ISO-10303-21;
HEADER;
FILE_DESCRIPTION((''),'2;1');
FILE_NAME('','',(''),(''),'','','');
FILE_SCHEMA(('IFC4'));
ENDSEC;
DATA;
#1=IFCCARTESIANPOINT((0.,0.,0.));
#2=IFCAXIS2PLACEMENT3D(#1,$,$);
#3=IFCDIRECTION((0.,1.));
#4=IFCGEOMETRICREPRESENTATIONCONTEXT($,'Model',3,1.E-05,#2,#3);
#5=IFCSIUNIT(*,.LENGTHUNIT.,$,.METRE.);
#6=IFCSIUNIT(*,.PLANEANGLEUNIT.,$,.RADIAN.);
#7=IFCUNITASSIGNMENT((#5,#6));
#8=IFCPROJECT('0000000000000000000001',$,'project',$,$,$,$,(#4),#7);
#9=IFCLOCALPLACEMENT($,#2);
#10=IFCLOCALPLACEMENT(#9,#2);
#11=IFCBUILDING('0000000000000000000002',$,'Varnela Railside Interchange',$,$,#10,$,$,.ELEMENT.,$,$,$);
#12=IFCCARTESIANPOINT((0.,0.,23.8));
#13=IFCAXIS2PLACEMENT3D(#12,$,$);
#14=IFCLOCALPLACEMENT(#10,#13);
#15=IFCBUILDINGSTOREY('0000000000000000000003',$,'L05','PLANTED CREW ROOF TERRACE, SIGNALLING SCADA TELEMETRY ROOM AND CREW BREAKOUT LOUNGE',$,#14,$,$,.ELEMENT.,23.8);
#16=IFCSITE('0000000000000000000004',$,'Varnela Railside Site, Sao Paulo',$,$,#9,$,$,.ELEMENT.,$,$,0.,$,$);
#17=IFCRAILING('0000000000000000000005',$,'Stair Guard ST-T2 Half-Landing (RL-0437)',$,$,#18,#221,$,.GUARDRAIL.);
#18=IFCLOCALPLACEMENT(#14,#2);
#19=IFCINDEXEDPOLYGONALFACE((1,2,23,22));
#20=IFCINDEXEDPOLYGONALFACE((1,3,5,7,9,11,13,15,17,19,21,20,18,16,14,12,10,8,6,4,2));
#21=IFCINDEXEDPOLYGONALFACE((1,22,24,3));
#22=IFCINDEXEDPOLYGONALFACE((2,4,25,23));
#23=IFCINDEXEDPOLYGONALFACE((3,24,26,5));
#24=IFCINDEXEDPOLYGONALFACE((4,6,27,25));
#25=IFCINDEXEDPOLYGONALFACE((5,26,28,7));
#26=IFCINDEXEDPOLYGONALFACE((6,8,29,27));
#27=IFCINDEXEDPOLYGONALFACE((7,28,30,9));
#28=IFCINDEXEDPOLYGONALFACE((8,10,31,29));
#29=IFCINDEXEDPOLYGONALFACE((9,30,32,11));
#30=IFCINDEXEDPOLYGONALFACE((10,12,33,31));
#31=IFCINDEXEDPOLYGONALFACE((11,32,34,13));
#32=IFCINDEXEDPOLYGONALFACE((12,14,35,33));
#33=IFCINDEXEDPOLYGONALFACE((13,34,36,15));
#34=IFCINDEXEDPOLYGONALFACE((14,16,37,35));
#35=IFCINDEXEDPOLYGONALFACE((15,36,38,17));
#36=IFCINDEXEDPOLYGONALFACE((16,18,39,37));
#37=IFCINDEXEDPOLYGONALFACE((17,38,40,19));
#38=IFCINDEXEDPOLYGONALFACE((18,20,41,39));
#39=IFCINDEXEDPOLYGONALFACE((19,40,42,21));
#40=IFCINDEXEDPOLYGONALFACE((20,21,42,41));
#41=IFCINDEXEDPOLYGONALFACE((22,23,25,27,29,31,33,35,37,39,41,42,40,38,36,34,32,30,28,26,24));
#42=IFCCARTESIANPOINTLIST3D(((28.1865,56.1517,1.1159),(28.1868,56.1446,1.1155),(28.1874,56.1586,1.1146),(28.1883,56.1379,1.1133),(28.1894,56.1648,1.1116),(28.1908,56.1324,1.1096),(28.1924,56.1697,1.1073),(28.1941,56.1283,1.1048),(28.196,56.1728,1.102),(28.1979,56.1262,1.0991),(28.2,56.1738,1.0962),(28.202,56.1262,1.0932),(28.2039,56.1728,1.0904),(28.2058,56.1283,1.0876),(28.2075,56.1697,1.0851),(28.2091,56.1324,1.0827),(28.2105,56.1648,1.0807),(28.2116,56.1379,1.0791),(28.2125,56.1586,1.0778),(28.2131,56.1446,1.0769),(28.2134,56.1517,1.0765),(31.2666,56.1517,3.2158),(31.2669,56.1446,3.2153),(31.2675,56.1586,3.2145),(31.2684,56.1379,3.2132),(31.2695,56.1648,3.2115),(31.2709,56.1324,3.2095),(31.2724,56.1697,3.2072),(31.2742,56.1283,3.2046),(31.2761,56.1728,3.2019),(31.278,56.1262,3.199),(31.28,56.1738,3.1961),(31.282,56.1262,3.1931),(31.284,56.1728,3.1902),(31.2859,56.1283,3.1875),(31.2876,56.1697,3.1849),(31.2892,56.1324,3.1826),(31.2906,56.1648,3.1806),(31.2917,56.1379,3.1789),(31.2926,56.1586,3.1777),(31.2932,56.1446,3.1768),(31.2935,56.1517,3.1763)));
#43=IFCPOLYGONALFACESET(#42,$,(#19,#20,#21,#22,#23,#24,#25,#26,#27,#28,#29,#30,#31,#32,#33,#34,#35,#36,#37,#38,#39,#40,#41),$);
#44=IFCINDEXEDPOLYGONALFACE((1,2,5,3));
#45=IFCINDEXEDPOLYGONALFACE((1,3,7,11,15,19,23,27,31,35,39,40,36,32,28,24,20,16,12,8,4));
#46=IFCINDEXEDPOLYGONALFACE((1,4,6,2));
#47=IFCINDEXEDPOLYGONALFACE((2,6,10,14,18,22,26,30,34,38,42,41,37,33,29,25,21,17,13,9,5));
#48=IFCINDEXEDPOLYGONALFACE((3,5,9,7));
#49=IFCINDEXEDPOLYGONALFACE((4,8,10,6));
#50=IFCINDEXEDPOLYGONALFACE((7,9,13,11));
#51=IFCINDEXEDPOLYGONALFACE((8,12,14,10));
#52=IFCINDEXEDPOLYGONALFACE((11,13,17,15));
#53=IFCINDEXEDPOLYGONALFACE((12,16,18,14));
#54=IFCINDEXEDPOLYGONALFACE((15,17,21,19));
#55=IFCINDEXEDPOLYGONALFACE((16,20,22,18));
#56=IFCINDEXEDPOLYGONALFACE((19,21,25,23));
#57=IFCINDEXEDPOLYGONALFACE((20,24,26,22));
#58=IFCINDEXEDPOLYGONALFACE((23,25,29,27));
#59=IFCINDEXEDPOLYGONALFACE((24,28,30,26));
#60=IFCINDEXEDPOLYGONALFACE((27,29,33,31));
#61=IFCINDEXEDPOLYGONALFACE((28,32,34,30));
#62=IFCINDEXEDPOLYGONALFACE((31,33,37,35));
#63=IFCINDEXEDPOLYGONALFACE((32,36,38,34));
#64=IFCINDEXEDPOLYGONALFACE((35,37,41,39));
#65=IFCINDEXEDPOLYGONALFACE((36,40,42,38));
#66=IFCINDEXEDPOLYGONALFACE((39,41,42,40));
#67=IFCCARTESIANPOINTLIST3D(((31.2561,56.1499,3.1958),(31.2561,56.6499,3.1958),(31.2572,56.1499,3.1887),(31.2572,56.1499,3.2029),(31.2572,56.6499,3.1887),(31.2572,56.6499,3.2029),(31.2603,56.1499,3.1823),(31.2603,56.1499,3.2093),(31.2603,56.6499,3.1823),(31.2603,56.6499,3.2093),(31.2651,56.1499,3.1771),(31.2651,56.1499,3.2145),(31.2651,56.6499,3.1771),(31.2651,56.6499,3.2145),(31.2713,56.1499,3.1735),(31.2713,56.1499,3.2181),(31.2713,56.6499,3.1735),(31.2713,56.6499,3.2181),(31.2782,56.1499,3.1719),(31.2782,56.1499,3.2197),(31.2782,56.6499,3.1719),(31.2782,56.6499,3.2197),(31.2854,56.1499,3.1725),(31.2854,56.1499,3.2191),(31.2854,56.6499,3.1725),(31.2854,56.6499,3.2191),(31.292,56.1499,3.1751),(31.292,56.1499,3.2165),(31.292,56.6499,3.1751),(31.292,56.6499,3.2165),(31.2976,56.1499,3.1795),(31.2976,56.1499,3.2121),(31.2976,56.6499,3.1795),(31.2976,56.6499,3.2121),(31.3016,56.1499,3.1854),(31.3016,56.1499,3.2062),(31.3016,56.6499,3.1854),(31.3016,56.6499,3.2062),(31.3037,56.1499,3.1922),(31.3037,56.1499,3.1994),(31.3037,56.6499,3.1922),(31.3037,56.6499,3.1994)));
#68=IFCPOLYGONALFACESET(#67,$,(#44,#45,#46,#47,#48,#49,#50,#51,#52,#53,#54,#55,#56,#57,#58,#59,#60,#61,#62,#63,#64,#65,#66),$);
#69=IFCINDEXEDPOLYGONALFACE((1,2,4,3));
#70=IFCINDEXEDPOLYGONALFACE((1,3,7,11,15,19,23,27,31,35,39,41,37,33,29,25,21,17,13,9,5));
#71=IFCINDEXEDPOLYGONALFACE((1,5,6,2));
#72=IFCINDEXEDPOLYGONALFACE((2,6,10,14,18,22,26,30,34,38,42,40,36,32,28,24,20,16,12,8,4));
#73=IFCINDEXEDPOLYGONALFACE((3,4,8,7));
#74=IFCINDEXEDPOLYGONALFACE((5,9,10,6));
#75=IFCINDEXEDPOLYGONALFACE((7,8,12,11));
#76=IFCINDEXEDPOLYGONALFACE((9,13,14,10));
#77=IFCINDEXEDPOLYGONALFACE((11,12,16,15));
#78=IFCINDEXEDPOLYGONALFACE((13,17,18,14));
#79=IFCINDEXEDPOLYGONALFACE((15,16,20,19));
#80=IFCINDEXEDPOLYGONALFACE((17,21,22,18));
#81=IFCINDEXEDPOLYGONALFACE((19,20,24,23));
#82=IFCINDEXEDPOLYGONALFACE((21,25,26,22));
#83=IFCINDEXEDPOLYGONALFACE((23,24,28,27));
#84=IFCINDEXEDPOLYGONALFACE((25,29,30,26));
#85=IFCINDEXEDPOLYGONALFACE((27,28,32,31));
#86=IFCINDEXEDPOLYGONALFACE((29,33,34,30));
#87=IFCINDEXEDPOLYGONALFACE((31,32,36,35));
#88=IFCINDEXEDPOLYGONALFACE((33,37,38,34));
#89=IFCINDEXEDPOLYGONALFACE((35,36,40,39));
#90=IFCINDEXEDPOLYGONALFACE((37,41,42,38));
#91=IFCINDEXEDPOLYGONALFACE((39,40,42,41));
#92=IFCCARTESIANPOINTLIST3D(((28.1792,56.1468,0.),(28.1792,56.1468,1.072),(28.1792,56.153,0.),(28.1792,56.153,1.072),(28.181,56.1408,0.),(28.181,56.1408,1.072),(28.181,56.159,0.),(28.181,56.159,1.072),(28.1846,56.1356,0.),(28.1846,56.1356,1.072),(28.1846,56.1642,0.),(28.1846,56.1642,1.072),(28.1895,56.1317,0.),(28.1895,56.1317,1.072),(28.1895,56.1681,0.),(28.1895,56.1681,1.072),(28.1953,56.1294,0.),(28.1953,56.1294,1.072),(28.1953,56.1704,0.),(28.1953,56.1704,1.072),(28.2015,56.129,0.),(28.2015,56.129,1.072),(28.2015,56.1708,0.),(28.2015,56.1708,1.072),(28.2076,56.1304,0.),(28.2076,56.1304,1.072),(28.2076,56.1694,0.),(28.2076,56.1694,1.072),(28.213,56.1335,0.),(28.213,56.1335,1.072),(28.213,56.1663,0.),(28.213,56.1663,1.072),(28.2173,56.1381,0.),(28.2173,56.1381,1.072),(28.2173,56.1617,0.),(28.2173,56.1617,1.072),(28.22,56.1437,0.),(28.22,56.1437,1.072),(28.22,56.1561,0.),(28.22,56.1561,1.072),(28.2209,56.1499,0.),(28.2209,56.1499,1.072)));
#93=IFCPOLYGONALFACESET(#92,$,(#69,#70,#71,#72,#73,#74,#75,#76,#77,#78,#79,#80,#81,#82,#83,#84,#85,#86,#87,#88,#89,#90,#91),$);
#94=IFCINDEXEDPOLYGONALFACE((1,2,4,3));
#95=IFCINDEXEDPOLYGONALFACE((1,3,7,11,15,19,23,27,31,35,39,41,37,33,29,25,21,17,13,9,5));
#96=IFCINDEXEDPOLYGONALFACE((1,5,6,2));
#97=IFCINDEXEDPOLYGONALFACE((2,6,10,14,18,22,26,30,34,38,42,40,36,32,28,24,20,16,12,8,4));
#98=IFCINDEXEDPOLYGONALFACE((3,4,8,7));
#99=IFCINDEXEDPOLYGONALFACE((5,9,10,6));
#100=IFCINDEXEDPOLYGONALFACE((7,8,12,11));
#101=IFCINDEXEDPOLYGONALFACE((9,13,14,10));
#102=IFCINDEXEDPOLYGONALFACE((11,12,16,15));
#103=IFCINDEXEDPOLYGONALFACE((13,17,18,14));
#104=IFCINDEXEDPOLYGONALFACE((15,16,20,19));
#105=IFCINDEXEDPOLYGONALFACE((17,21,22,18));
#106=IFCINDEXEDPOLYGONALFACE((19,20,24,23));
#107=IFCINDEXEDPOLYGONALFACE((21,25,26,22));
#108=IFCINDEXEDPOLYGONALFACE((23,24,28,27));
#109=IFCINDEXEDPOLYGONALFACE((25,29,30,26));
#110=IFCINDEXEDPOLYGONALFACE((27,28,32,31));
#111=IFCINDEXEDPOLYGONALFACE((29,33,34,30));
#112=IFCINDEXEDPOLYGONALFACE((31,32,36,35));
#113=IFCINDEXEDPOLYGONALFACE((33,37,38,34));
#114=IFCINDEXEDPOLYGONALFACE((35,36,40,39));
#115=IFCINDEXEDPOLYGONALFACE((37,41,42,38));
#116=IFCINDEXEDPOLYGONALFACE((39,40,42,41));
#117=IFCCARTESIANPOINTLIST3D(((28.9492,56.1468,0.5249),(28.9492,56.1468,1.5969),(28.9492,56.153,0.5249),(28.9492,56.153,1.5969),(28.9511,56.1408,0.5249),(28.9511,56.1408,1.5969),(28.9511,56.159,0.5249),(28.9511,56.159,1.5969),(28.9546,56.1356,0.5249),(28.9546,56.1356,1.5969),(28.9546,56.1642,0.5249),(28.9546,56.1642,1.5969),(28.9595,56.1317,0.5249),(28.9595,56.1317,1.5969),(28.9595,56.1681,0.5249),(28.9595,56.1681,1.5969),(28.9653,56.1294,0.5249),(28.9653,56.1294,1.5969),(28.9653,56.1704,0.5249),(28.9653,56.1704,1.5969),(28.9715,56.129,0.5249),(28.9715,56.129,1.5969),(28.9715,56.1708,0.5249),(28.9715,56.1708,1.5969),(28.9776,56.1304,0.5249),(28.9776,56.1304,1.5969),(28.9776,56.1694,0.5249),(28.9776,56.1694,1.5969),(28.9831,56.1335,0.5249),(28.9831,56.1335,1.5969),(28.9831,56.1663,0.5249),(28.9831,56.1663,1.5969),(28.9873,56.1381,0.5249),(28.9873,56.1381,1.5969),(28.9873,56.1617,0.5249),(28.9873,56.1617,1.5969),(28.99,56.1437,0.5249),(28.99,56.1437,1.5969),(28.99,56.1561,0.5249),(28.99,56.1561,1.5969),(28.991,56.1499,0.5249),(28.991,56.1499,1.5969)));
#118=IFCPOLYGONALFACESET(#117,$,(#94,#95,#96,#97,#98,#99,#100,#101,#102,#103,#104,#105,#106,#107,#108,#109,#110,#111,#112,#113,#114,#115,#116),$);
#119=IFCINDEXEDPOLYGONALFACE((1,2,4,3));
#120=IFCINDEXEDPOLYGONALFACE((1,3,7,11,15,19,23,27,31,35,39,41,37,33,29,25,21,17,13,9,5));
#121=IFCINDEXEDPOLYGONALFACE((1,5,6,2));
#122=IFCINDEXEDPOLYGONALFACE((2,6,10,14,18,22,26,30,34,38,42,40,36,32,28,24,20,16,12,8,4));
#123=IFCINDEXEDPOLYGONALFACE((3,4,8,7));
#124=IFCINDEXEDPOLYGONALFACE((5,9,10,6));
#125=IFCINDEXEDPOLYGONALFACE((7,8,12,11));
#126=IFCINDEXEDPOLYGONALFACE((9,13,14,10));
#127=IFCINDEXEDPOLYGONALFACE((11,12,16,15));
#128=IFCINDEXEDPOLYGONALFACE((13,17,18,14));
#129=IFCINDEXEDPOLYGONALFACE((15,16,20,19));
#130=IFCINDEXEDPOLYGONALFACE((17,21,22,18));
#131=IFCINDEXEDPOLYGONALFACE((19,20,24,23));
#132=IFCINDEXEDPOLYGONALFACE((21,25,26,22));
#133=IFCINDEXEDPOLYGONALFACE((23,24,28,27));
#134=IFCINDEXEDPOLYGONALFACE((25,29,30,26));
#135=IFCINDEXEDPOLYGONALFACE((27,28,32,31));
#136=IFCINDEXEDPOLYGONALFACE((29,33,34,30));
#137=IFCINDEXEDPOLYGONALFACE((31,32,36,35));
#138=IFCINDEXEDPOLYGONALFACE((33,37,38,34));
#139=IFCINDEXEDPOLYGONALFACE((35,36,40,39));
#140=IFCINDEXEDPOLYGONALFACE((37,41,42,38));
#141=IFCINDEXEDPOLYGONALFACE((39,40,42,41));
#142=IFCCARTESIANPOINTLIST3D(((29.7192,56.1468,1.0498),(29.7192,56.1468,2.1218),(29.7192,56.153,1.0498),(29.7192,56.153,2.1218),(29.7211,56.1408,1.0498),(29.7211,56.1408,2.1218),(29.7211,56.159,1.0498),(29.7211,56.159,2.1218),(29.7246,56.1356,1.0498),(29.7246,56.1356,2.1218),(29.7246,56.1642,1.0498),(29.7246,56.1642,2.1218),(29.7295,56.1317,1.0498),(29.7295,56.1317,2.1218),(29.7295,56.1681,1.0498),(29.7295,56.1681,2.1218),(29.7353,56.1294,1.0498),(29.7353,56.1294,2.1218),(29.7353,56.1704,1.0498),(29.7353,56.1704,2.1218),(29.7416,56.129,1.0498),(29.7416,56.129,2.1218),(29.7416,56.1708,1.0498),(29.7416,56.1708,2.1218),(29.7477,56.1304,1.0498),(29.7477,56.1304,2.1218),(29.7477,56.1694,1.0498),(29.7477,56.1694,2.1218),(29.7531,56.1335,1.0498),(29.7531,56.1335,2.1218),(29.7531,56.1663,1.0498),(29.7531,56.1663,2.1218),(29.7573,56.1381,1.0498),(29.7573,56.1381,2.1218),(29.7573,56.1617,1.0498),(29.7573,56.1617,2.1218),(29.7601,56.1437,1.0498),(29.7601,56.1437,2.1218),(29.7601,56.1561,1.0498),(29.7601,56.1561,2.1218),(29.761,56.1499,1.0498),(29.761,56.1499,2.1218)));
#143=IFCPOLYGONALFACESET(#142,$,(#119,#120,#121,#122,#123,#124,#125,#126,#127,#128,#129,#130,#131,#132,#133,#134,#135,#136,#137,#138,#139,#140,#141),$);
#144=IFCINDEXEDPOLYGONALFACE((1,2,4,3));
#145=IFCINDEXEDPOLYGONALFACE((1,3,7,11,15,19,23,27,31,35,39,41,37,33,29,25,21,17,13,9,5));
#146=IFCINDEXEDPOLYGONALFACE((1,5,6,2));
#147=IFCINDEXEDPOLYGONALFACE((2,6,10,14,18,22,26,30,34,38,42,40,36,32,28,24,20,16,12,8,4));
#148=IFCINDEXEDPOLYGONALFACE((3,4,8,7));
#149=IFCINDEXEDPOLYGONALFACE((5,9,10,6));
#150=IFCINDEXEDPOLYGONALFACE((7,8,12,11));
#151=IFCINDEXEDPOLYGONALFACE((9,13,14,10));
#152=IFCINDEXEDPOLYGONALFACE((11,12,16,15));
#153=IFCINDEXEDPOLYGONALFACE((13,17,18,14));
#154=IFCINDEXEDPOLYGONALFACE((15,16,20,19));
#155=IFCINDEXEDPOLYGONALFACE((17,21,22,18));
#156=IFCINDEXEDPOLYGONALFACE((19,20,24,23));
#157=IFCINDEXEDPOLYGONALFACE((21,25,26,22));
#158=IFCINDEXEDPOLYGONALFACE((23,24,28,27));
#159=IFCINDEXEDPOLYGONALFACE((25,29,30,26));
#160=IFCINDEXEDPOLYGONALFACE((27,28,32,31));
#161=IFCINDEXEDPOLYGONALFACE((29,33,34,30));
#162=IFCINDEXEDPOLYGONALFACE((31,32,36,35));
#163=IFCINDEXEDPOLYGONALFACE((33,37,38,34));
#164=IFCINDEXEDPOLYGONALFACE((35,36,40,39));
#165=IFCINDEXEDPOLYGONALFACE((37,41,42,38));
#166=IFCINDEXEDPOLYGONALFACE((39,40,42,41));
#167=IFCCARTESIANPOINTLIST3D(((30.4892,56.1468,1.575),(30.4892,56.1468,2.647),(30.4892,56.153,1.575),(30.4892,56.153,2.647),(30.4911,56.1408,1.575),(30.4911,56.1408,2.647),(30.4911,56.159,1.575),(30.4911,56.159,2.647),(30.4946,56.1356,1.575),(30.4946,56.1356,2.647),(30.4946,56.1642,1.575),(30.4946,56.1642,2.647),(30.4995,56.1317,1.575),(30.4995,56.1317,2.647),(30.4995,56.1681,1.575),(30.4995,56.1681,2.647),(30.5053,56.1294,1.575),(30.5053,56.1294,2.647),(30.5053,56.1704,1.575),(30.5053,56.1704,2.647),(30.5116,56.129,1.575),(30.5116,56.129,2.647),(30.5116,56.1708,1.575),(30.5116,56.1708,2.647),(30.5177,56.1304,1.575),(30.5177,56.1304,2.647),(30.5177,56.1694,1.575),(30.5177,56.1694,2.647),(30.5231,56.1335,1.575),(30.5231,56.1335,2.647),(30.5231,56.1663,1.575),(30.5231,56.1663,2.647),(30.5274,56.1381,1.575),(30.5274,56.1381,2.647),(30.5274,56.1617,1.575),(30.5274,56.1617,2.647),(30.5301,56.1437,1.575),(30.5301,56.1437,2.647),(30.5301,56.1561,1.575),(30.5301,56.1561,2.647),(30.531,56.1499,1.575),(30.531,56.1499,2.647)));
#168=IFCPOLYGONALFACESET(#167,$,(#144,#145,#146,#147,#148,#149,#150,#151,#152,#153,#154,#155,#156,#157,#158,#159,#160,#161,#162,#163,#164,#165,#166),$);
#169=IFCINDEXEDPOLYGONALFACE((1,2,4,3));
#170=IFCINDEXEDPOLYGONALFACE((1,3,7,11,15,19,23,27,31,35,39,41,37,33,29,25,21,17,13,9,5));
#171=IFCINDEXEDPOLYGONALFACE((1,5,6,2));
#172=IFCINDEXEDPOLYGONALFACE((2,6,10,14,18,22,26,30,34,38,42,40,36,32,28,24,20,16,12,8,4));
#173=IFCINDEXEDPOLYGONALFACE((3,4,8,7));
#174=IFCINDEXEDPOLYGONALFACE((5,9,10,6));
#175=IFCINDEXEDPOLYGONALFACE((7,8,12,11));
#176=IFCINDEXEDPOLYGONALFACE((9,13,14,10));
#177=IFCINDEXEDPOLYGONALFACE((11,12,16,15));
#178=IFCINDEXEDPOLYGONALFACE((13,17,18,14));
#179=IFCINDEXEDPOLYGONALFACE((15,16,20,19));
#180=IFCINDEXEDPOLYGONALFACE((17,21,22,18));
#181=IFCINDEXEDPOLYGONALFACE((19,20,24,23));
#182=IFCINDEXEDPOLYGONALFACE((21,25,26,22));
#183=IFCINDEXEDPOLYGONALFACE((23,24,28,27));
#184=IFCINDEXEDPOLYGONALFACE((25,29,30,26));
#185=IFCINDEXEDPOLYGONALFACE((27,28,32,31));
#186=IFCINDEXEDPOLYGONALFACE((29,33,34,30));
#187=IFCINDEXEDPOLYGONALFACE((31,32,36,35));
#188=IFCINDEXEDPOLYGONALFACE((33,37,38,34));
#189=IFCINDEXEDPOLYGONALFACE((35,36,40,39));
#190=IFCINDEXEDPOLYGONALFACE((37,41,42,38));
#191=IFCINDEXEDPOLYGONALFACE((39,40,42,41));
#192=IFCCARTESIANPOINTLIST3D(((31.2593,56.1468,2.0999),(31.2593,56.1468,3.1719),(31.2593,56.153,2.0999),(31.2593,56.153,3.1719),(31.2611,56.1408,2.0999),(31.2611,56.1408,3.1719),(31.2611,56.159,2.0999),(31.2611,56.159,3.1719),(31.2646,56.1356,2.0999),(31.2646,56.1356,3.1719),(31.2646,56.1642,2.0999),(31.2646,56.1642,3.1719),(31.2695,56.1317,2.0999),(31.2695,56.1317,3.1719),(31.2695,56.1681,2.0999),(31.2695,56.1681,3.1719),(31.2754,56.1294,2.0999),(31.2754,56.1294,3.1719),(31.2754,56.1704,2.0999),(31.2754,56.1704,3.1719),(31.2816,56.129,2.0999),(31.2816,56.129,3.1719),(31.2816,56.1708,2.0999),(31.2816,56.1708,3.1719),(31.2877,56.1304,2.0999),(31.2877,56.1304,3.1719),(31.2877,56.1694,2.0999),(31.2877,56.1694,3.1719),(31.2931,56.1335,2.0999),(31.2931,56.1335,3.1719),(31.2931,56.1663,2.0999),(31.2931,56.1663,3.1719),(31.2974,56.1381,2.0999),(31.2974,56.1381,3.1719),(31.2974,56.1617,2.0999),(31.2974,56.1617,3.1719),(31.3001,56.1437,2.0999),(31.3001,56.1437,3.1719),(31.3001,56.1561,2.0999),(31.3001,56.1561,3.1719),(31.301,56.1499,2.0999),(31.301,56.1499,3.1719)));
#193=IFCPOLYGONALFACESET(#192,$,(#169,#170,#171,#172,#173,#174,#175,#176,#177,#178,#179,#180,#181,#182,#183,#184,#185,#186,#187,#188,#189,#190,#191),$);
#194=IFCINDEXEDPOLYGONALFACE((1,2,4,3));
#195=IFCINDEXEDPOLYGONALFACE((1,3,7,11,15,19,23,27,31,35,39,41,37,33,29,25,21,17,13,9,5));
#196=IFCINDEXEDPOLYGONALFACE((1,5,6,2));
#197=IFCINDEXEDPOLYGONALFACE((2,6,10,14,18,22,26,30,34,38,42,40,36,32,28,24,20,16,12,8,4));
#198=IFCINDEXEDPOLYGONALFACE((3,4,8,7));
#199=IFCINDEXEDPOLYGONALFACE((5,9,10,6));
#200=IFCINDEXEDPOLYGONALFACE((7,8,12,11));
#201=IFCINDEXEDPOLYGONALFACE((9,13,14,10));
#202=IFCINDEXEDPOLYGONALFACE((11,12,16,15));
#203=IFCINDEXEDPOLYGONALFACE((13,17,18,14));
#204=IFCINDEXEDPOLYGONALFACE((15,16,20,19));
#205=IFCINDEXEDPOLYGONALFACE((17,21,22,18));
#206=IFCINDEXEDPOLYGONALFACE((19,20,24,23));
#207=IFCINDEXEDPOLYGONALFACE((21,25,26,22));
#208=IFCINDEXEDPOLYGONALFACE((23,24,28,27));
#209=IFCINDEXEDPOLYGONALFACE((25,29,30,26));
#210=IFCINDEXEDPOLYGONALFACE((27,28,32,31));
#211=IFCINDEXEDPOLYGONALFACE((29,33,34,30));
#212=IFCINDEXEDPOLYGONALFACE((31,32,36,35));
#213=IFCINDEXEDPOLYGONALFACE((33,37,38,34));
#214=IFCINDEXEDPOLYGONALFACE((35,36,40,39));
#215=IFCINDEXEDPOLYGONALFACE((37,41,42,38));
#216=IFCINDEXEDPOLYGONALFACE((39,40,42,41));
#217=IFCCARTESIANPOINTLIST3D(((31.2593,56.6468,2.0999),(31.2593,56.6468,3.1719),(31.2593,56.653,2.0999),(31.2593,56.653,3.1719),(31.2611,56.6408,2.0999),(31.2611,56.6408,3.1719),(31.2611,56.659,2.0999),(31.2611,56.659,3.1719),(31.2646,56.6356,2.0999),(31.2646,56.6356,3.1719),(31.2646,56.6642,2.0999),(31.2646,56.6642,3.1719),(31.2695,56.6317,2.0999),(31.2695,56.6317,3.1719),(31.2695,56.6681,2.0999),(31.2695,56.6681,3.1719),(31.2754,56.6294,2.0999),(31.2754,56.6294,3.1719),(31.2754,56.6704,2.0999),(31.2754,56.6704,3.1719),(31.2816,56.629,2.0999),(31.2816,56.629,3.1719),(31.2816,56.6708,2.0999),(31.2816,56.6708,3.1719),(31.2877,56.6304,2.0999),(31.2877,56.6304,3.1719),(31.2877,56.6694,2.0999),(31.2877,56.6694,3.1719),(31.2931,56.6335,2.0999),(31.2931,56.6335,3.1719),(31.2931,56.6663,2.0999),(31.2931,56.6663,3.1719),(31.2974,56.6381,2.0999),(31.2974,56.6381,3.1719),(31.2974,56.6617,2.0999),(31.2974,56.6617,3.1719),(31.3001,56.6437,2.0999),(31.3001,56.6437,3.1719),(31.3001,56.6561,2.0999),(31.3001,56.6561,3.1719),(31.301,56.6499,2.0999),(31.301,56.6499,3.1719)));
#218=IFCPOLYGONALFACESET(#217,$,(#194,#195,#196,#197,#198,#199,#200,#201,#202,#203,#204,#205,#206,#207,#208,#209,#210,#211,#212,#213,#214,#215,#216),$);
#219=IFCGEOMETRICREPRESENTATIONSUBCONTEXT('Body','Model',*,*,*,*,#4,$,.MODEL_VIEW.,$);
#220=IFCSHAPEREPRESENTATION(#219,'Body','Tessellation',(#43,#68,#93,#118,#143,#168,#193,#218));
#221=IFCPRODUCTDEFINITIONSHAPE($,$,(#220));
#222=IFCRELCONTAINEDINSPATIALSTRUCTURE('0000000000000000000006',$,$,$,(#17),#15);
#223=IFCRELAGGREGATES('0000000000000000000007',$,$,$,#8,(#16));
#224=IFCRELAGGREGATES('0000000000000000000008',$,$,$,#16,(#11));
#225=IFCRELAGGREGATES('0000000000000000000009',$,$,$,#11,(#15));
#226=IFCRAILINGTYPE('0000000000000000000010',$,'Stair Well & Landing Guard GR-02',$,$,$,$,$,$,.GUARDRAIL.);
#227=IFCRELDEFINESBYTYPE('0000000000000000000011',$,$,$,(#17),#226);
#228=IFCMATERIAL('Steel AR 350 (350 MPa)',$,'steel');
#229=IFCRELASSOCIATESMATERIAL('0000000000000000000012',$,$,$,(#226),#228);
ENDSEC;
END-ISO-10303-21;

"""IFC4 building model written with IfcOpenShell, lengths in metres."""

from ifc_helpers import new_model, si_unit, direction, frame, origin, origin_2d, place, context, subcontext, project, spatial, circle, extrude, material, type_object, element, save


model = new_model("IFC4")

# Units and contexts
model_context = context("Model", 3, precision=1e-05, world=origin(), true_north=direction((0.0, 1.0)))
body_context = subcontext(model_context, "Body", "Model", "MODEL_VIEW")
ifc_project = project(units=[si_unit("LENGTHUNIT", "METRE"), si_unit("PLANEANGLEUNIT", "RADIAN")], contexts=[model_context])

# Site, building, storey
site_placement = place(None, origin())
site = spatial("IfcSite", under=ifc_project, at=site_placement, Name="Varnela Railside Site, Sao Paulo", CompositionType="ELEMENT", RefElevation=0.0)
building_placement = place(site_placement, origin())
building = spatial("IfcBuilding", under=site, at=building_placement, Name="Varnela Railside Interchange", CompositionType="ELEMENT")
storey_placement = place(building_placement, frame((0.0, 0.0, 23.8)))
storey = spatial("IfcBuildingStorey", under=building, at=storey_placement, Name="L05", Description="PLANTED CREW ROOF TERRACE, SIGNALLING SCADA TELEMETRY ROOM AND CREW BREAKOUT LOUNGE", CompositionType="ELEMENT", Elevation=23.8)

# Shared definitions
ifc_material_1 = material(Name="Steel AR 350 (350 MPa)", Category="steel")

# Railing
railing_type_1 = type_object("IfcRailingType", Name="Stair Well & Landing Guard GR-02", PredefinedType="GUARDRAIL", material=ifc_material_1)
railing_1_placement = place(storey_placement, frame((28.2, 56.1499, 0.0)))
element("IfcRailing", 1, at=railing_1_placement, inside=storey, type_object=railing_type_1, Name="Stair Guard ST-T2 Half-Landing (RL-0437)", PredefinedType="GUARDRAIL", context=body_context, shape_type="SweptSolid", body=[
    extrude(circle(Radius=0.0239, at=origin_2d()), frame((0.0, 0.0, 1.0962), z_axis=(0.826252, 0.0, 0.5633), x_axis=(0.0, 1.0, 0.0)), (0.0, 0.0, 1.0), 3.7278),
    extrude(circle(Radius=0.0239, at=origin_2d()), frame((3.0801, 0.0, 3.1958), z_axis=(0.0, 1.0, 0.0), x_axis=(-1.0, 0.0, 0.0)), (0.0, 0.0, 1.0), 0.5),
    extrude(circle(Radius=0.021, at=origin_2d()), origin(), (0.0, 0.0, 1.0), 1.072),
    extrude(circle(Radius=0.021, at=origin_2d()), frame((0.77, 0.0, 0.5249)), (0.0, 0.0, 1.0), 1.072),
    extrude(circle(Radius=0.021, at=origin_2d()), frame((1.54, 0.0, 1.0498)), (0.0, 0.0, 1.0), 1.072),
    extrude(circle(Radius=0.021, at=origin_2d()), frame((2.3101, 0.0, 1.575)), (0.0, 0.0, 1.0), 1.072),
    extrude(circle(Radius=0.021, at=origin_2d()), frame((3.0801, 0.0, 2.0999)), (0.0, 0.0, 1.0), 1.072),
    extrude(circle(Radius=0.021, at=origin_2d()), frame((3.0801, 0.5, 2.0999)), (0.0, 0.0, 1.0), 1.072),
])

save(model, "model.ifc")
